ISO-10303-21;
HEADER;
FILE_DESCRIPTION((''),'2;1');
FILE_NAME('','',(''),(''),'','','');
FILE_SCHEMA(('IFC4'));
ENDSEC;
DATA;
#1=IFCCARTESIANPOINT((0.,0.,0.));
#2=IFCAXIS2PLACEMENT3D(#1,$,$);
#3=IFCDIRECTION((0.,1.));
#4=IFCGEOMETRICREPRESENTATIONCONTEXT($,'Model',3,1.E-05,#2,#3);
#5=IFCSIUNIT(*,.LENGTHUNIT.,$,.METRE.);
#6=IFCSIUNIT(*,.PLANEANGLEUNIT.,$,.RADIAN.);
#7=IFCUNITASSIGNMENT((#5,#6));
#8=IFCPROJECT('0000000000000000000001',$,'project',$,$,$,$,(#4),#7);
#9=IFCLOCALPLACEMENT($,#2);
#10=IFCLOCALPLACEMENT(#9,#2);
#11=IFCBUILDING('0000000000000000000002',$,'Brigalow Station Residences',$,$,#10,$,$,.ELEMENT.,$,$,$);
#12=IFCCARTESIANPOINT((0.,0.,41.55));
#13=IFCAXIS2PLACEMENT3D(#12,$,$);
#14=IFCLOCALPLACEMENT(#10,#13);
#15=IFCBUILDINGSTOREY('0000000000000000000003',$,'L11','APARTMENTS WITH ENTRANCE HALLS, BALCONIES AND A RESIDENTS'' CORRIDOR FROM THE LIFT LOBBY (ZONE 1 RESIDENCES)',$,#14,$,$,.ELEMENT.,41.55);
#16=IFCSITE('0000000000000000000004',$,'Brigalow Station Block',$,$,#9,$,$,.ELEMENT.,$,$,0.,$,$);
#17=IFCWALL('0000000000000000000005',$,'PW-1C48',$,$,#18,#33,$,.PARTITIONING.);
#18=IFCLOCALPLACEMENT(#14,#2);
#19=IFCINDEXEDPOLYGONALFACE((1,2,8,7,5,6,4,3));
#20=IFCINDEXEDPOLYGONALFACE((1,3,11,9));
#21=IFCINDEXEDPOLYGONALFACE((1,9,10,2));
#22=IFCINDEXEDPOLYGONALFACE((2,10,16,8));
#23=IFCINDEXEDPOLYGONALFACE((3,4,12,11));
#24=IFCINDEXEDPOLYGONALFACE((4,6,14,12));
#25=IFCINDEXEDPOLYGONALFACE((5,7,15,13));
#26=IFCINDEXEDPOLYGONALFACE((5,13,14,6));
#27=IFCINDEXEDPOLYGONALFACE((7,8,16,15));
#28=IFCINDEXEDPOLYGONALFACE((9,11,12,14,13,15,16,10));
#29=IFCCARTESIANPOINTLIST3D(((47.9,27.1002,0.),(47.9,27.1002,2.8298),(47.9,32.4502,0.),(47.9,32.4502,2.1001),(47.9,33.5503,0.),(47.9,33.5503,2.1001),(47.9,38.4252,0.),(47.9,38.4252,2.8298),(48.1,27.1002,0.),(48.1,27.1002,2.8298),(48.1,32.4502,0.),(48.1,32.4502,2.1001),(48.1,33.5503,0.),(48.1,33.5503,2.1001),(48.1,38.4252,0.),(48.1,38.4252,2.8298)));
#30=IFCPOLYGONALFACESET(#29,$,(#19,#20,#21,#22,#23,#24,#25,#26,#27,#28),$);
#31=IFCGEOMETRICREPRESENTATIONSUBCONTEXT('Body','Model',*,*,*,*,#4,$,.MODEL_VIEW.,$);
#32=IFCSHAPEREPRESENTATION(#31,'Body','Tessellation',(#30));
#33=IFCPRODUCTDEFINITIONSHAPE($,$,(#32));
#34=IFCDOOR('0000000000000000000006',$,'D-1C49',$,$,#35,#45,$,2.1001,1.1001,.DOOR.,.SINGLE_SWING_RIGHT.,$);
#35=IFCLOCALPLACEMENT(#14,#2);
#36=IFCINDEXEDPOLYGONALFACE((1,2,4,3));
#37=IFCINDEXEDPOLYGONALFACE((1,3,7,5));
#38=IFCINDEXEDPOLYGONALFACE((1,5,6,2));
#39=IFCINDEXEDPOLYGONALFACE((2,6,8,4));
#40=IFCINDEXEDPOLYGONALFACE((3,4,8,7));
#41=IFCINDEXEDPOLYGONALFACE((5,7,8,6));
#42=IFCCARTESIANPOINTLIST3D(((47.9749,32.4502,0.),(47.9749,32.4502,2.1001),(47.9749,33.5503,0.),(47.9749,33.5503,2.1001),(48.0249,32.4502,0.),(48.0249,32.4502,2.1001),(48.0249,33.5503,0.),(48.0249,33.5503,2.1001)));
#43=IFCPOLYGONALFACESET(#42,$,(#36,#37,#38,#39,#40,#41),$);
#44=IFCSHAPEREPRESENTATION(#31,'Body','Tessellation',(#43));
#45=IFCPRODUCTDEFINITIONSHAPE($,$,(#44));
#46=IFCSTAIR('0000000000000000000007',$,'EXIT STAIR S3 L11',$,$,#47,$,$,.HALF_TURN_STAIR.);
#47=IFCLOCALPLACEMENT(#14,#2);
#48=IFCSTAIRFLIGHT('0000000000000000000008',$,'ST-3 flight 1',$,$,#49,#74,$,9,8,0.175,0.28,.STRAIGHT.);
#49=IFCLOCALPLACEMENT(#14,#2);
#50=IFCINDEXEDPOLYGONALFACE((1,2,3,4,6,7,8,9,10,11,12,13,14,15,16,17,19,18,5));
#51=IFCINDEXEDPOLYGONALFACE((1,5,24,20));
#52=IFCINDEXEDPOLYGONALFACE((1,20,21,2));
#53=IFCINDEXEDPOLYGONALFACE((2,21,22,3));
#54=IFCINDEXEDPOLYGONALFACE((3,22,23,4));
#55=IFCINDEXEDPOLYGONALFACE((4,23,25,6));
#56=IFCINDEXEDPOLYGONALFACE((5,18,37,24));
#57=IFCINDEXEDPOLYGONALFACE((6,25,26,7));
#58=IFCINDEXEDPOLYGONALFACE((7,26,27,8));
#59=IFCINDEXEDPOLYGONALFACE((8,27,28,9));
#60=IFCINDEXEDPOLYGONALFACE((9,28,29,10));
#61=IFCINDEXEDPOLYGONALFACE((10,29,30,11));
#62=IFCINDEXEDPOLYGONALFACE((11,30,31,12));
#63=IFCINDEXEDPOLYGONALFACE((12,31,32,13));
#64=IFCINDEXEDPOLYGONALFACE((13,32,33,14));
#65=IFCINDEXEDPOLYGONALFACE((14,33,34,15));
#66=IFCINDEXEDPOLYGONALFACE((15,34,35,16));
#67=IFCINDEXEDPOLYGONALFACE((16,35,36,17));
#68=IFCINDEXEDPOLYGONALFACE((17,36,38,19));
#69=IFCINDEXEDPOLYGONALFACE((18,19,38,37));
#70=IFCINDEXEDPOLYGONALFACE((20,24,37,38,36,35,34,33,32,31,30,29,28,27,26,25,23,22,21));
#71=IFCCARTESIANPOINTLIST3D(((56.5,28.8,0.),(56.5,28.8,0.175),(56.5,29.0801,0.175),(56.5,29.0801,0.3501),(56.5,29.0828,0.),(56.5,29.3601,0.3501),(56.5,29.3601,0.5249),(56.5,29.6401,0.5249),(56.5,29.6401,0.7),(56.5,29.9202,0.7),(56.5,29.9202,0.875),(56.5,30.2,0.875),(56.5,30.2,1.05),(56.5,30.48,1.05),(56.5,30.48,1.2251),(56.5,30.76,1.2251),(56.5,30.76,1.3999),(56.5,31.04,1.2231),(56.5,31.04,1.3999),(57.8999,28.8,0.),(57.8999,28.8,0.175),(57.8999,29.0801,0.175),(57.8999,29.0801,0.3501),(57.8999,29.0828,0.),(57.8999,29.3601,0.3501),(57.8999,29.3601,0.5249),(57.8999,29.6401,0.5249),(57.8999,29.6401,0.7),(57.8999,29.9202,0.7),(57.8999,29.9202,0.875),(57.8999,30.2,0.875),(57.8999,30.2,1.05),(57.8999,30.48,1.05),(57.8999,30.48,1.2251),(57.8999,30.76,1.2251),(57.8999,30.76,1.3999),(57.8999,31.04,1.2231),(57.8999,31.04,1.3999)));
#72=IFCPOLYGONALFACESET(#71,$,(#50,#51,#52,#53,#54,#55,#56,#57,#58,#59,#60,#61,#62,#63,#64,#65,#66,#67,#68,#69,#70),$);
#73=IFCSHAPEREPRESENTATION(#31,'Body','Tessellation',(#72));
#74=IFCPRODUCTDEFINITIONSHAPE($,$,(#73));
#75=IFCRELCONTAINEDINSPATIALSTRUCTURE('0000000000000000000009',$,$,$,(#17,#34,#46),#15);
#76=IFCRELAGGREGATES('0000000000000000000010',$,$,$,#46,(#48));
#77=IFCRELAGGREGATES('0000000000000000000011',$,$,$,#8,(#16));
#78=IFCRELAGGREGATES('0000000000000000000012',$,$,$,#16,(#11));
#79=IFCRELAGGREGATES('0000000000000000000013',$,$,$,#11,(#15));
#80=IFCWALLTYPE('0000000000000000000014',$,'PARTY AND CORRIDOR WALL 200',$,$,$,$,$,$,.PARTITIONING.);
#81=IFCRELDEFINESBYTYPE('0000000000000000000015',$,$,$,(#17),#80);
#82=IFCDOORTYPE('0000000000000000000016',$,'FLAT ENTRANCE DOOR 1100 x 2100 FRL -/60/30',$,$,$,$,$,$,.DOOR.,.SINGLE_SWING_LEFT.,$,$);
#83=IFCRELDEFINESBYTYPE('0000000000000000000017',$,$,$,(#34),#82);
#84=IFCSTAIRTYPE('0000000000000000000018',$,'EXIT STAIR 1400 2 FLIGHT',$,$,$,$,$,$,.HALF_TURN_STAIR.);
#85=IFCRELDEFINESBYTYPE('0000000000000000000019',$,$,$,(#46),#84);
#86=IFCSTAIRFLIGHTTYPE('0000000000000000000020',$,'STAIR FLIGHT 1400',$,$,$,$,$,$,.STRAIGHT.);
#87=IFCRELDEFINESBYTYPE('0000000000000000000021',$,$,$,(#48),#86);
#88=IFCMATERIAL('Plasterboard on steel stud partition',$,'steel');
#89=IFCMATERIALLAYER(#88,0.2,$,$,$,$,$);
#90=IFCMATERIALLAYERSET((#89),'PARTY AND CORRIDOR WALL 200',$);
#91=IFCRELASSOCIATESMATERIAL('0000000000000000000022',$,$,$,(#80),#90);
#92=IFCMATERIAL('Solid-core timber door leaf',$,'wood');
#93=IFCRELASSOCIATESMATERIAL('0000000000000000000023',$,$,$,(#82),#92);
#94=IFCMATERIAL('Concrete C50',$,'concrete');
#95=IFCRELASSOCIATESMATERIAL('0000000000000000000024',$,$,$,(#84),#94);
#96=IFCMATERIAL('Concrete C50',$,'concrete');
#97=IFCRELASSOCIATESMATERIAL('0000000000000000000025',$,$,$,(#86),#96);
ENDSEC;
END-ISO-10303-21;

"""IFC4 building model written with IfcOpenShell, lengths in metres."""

from ifc_helpers import new_model, si_unit, direction, frame, frame_2d, origin, place, context, subcontext, project, spatial, polyline, rectangle, outline, extrude, material, layer, layer_set, type_object, element, fill, aggregate, save


model = new_model("IFC4")

# Units and contexts
model_context = context("Model", 3, precision=1e-05, world=origin(), true_north=direction((0.0, 1.0)))
body_context = subcontext(model_context, "Body", "Model", "MODEL_VIEW")
ifc_project = project(units=[si_unit("LENGTHUNIT", "METRE"), si_unit("PLANEANGLEUNIT", "RADIAN")], contexts=[model_context])

# Site, building, storey
site_placement = place(None, origin())
site = spatial("IfcSite", under=ifc_project, at=site_placement, Name="Brigalow Station Block", CompositionType="ELEMENT", RefElevation=0.0)
building_placement = place(site_placement, origin())
building = spatial("IfcBuilding", under=site, at=building_placement, Name="Brigalow Station Residences", CompositionType="ELEMENT")
storey_placement = place(building_placement, frame((0.0, 0.0, 41.55)))
storey = spatial("IfcBuildingStorey", under=building, at=storey_placement, Name="L11", Description="APARTMENTS WITH ENTRANCE HALLS, BALCONIES AND A RESIDENTS' CORRIDOR FROM THE LIFT LOBBY (ZONE 1 RESIDENCES)", CompositionType="ELEMENT", Elevation=41.55)

# Shared definitions
ifc_material_1 = material(Name="Plasterboard on steel stud partition", Category="steel")
ifc_layer_1 = layer(ifc_material_1, 0.2)
ifc_layer_set_1 = layer_set([ifc_layer_1], Name="PARTY AND CORRIDOR WALL 200")
wall_type_1 = type_object("IfcWallType", Name="PARTY AND CORRIDOR WALL 200", PredefinedType="PARTITIONING", material=ifc_layer_set_1)

# Wall, opening, door
wall_1_placement = place(storey_placement, frame((48.0, 27.1001, 0.0), z_axis=(0.0, 0.0, 1.0), x_axis=(0.0, 1.0, 0.0)))
wall_1 = element("IfcWall", 1, at=wall_1_placement, inside=storey, type_object=wall_type_1, Name="PW-1C48", PredefinedType="PARTITIONING", context=body_context, shape_type="SweptSolid", body=[
    extrude(rectangle(XDim=11.325, YDim=0.2, at=frame_2d((5.6626, 0.0))), origin(), (0.0, 0.0, 1.0), 2.8298),
])
opening_1_placement = place(wall_1_placement, frame((5.3501, 0.0, 0.0)))
opening_1 = element("IfcOpeningElement", 2, at=opening_1_placement, cuts=wall_1, PredefinedType="OPENING", context=body_context, shape_type="SweptSolid", body=[
    extrude(rectangle(XDim=1.1001, YDim=2.1001, at=frame_2d((0.55, 1.05))), frame((0.0, 0.1099, 0.0), z_axis=(0.0, -1.0, 0.0), x_axis=(1.0, 0.0, 0.0)), (0.0, 0.0, 1.0), 0.22),
])
ifc_material_2 = material(Name="Solid-core timber door leaf", Category="wood")
door_type_1 = type_object("IfcDoorType", Name="FLAT ENTRANCE DOOR 1100 x 2100 FRL -/60/30", OperationType="SINGLE_SWING_LEFT", PredefinedType="DOOR", material=ifc_material_2)
door_1_placement = place(opening_1_placement, frame((1.1001, 0.0, 0.0), z_axis=(0.0, 0.0, 1.0), x_axis=(-1.0, 0.0, 0.0)))
door_1 = element("IfcDoor", 3, at=door_1_placement, inside=storey, type_object=door_type_1, Name="D-1C49", OperationType="SINGLE_SWING_RIGHT", OverallHeight=2.1001, OverallWidth=1.1001, PredefinedType="DOOR", context=body_context, shape_type="SweptSolid", body=[
    extrude(rectangle(XDim=1.1001, YDim=2.1001, at=frame_2d((0.55, 1.05))), frame((0.0, 0.0249, 0.0), z_axis=(0.0, -1.0, 0.0), x_axis=(1.0, 0.0, 0.0)), (0.0, 0.0, 1.0), 0.05),
])
fill(opening_1, door_1)

# Stair, stair flight
ifc_material_3 = material(Name="Concrete C50", Category="concrete")
stair_type = type_object("IfcStairType", Name="EXIT STAIR 1400 2 FLIGHT", PredefinedType="HALF_TURN_STAIR", material=ifc_material_3)
stair_placement = place(storey_placement, origin())
stair = element("IfcStair", 4, at=stair_placement, inside=storey, type_object=stair_type, Name="EXIT STAIR S3 L11", PredefinedType="HALF_TURN_STAIR")
ifc_material_4 = material(Name="Concrete C50", Category="concrete")
stair_flight_type = type_object("IfcStairFlightType", Name="STAIR FLIGHT 1400", PredefinedType="STRAIGHT", material=ifc_material_4)
stair_flight_placement = place(storey_placement, frame((57.2, 28.8, 0.0), z_axis=(0.0, 0.0, 1.0), x_axis=(0.0, 1.0, 0.0)))
stair_flight = element("IfcStairFlight", 5, at=stair_flight_placement, type_object=stair_flight_type, Name="ST-3 flight 1", NumberOfRisers=9, NumberOfTreads=8, PredefinedType="STRAIGHT", RiserHeight=0.175, TreadLength=0.28, context=body_context, shape_type="SweptSolid", body=[
    extrude(outline(polyline([(0.0, 0.0), (0.0, 0.175), (0.28, 0.175), (0.28, 0.3501), (0.5601, 0.3501), (0.5601, 0.5249), (0.8401, 0.5249), (0.8401, 0.7), (1.1201, 0.7), (1.1201, 0.875), (1.3999, 0.875), (1.3999, 1.05), (1.6799, 1.05), (1.6799, 1.2251), (1.96, 1.2251), (1.96, 1.3999), (2.24, 1.3999), (2.24, 1.575), (2.24, 1.2231), (0.2827, 0.0), (0.0, 0.0)])), frame((0.0, 0.7, 0.0), z_axis=(0.0, -1.0, 0.0), x_axis=(1.0, 0.0, 0.0)), (0.0, 0.0, 1.0), 1.3999),
])
aggregate(stair, [stair_flight])

save(model, "model.ifc")
